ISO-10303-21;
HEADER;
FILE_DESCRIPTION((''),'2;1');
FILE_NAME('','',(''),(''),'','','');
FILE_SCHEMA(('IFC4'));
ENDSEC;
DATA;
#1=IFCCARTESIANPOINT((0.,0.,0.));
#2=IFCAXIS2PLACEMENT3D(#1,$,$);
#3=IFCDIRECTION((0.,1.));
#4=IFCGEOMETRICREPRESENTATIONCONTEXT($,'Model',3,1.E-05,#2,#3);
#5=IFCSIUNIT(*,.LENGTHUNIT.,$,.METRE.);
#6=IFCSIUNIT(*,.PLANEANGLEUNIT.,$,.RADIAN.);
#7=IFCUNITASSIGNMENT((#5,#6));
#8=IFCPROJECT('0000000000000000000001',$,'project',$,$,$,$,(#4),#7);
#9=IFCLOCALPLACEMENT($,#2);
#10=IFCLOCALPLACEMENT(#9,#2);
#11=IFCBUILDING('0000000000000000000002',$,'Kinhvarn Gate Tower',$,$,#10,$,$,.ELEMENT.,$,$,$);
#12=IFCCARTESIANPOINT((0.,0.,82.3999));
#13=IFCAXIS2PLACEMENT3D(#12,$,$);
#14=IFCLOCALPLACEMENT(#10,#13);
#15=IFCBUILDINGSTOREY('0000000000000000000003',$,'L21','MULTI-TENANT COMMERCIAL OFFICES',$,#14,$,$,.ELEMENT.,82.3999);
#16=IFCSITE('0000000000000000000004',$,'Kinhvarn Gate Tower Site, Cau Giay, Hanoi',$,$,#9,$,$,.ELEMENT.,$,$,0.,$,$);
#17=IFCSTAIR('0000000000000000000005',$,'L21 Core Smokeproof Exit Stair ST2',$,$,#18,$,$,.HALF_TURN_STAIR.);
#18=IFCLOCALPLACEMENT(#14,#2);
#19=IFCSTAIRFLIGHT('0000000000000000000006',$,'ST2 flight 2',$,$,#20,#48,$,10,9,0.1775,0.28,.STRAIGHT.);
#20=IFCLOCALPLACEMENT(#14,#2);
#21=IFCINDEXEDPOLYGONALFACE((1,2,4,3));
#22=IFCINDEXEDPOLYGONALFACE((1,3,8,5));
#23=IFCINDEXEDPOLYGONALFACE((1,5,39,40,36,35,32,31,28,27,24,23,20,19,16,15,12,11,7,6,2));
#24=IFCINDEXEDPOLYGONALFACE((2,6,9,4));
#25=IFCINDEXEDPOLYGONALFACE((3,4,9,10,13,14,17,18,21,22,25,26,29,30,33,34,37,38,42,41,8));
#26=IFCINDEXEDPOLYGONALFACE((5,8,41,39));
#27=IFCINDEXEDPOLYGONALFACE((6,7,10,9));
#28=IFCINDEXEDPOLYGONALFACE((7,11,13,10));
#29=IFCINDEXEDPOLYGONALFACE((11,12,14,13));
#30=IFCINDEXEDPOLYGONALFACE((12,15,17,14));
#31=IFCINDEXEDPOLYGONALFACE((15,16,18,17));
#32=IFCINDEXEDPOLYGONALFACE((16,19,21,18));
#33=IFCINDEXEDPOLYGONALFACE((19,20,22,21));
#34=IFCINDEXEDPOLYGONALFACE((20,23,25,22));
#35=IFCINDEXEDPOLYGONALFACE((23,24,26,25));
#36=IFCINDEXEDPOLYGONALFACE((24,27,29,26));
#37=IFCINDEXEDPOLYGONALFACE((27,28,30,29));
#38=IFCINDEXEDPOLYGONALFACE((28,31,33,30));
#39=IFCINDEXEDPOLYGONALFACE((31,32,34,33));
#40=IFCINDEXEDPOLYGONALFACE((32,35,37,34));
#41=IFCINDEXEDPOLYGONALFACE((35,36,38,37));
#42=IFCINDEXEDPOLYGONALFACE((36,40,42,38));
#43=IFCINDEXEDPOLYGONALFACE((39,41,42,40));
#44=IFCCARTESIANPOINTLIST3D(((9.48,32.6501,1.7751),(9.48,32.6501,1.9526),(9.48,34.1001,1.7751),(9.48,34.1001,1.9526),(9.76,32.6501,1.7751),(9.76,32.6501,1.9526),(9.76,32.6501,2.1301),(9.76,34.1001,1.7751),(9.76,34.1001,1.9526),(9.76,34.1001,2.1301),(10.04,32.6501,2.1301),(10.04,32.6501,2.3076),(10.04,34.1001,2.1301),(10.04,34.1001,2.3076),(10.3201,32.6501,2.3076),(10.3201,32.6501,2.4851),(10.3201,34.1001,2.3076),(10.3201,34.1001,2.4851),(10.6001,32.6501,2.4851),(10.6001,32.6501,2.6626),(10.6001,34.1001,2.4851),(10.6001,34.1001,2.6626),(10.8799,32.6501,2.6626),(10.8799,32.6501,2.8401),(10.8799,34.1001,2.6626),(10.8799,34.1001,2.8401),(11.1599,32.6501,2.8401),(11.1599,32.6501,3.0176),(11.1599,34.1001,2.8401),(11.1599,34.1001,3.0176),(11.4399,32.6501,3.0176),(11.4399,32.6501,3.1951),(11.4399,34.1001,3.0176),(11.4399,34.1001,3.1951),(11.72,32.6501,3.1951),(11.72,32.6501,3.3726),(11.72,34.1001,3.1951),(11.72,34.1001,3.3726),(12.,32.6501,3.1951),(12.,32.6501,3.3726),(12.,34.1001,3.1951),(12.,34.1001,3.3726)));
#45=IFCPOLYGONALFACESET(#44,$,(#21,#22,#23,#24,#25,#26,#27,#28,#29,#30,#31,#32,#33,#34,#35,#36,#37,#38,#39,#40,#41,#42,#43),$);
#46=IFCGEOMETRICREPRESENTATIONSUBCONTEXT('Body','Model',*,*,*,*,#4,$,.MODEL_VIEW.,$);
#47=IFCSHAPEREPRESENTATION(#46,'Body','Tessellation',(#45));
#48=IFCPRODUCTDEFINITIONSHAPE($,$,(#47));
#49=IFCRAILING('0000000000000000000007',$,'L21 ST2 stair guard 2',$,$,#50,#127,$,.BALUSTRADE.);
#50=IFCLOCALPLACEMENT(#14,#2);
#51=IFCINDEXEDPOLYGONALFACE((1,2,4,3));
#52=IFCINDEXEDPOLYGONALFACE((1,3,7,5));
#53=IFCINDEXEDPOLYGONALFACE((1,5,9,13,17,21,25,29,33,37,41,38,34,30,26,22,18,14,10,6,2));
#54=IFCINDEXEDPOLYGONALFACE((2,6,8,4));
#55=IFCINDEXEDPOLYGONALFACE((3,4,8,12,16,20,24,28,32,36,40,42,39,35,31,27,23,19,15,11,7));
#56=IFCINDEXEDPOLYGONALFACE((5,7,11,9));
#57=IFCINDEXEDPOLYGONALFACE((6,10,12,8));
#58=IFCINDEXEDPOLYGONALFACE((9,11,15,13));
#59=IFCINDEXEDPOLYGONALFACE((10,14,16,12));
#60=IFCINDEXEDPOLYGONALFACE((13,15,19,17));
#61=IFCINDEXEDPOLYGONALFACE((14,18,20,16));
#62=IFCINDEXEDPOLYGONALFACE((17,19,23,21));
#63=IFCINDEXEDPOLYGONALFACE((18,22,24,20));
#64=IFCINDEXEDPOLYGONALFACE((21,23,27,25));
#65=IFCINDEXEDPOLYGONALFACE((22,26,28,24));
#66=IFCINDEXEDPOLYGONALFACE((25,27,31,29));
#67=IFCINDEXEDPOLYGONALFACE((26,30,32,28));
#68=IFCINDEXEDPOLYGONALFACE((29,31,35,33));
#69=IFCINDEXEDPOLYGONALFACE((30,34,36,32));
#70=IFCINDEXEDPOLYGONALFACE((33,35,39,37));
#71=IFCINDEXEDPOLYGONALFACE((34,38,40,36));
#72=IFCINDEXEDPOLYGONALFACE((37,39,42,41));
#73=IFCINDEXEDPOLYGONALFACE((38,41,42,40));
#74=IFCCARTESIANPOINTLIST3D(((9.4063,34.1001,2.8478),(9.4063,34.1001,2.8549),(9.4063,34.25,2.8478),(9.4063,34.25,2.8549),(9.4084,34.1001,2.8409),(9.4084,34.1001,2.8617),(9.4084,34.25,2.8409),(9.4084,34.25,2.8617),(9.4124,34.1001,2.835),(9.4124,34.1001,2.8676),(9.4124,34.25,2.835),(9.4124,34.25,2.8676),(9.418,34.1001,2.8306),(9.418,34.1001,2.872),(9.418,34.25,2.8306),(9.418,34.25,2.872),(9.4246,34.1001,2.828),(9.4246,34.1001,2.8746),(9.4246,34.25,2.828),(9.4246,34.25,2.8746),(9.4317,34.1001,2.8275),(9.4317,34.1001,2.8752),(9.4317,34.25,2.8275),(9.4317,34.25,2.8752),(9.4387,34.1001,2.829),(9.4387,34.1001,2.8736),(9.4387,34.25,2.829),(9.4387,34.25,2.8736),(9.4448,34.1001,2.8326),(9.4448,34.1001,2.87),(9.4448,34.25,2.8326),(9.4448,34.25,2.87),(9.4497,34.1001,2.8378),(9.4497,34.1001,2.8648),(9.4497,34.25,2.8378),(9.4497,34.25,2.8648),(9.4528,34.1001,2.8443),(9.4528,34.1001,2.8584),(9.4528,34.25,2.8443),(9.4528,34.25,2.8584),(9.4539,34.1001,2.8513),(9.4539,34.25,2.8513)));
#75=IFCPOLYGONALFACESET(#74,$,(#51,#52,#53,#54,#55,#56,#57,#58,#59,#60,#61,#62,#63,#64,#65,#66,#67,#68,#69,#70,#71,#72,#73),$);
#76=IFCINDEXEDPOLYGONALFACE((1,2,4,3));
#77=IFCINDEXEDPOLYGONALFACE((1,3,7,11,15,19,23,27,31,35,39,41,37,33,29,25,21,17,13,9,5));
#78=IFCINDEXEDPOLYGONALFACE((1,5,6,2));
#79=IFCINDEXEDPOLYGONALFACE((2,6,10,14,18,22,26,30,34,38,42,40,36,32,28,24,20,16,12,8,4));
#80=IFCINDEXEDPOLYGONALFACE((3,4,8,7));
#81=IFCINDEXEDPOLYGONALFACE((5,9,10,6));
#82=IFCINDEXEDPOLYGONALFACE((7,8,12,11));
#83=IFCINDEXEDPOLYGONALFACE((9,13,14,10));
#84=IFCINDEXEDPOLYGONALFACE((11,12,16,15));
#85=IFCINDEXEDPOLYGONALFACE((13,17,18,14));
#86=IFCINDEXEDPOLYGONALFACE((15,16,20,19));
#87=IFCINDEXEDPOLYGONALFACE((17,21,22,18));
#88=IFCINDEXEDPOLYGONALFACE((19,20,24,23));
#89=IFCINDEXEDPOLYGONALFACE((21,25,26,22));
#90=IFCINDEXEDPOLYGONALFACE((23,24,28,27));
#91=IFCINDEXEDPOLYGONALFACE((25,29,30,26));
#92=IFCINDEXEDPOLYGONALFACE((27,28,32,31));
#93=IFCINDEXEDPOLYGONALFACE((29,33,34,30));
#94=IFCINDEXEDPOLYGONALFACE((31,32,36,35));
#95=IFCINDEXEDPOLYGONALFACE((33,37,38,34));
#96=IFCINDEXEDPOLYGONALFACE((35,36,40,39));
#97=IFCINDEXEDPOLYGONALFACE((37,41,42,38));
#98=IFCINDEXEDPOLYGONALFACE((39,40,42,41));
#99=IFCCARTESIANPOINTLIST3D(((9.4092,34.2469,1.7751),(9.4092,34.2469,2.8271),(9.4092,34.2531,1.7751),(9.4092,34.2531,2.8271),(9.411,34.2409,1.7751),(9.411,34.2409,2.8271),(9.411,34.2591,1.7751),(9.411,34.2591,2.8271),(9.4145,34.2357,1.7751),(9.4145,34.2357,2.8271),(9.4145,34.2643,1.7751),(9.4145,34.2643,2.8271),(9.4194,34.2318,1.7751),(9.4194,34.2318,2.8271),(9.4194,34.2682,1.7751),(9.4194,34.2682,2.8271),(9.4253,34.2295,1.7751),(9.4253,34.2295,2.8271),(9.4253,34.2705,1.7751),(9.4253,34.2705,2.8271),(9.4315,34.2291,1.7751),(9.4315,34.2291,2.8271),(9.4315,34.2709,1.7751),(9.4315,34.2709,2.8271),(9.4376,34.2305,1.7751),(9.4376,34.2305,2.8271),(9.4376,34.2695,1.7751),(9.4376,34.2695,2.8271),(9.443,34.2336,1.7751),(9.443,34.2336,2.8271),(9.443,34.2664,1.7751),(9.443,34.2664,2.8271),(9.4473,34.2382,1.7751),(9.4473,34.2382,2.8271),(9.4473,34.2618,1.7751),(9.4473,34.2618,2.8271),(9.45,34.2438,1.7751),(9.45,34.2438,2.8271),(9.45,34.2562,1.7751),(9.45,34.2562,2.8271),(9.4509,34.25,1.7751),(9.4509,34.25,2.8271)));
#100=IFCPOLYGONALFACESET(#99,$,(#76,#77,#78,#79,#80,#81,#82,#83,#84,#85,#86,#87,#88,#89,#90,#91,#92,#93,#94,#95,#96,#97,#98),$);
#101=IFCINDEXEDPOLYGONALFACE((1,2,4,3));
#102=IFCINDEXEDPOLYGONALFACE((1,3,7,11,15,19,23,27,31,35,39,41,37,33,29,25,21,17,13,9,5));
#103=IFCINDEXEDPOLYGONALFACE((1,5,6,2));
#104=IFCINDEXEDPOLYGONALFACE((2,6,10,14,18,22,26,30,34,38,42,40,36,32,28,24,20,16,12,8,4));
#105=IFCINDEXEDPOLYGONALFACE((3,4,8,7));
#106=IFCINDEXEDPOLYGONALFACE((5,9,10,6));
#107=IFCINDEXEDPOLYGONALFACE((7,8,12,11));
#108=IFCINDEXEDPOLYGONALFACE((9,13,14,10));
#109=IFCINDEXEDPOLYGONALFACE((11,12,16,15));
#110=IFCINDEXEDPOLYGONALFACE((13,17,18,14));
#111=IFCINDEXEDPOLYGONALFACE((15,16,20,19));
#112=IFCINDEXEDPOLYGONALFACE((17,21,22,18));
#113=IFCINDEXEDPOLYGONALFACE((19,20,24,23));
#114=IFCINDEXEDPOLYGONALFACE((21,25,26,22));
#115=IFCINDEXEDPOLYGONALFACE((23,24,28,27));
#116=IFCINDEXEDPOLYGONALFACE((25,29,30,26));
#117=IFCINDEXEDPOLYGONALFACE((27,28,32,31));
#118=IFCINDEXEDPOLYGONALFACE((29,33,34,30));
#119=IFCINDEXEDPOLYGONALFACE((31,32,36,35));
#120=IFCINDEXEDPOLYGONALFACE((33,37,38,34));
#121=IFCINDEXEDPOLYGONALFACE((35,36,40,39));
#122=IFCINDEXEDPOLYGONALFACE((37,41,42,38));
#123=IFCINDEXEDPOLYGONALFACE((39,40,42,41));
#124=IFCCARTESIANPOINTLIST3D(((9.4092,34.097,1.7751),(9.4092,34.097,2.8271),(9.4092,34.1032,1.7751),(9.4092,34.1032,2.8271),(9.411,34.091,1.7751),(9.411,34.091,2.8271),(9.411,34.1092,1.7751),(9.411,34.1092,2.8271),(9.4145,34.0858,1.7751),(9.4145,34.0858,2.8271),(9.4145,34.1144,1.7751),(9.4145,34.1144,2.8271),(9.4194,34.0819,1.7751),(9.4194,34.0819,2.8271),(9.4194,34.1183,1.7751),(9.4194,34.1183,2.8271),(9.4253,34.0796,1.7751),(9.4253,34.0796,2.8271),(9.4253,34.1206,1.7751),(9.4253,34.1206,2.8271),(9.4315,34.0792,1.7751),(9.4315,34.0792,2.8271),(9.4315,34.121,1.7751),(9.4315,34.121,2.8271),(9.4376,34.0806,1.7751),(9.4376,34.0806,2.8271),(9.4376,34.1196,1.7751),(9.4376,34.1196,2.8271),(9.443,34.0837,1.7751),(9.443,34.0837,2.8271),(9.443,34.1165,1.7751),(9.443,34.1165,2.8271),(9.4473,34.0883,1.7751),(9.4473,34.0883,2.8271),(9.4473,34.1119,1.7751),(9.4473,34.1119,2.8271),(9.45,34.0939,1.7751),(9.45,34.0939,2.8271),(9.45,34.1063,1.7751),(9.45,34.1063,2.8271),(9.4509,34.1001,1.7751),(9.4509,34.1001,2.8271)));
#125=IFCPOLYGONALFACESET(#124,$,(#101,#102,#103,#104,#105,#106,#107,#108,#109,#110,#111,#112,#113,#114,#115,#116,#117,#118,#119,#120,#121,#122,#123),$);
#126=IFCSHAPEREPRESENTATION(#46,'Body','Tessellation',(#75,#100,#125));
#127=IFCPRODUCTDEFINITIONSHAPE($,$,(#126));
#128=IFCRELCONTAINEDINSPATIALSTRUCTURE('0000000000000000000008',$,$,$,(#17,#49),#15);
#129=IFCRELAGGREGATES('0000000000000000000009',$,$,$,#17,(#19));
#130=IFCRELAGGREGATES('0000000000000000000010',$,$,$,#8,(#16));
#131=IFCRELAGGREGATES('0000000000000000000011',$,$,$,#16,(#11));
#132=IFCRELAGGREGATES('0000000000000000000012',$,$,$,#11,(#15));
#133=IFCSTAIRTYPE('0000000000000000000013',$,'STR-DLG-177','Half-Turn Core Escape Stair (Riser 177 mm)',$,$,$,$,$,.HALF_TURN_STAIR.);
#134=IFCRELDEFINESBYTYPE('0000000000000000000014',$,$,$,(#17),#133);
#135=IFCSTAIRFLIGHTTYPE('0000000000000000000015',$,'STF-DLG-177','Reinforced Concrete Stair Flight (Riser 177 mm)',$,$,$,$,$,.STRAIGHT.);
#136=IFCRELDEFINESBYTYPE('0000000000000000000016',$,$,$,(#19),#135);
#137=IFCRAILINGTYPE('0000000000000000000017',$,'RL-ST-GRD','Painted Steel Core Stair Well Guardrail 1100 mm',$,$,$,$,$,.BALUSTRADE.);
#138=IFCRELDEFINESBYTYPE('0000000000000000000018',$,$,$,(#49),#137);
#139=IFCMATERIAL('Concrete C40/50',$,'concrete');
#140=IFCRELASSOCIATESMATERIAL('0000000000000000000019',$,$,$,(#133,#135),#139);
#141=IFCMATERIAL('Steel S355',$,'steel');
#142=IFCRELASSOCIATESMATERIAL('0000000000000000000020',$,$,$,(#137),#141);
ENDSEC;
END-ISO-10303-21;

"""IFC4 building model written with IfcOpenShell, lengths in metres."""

from ifc_helpers import new_model, si_unit, direction, frame, origin, origin_2d, place, context, subcontext, project, spatial, polyline, circle, outline, extrude, material, type_object, element, aggregate, save


model = new_model("IFC4")

# Units and contexts
model_context = context("Model", 3, precision=1e-05, world=origin(), true_north=direction((0.0, 1.0)))
body_context = subcontext(model_context, "Body", "Model", "MODEL_VIEW")
ifc_project = project(units=[si_unit("LENGTHUNIT", "METRE"), si_unit("PLANEANGLEUNIT", "RADIAN")], contexts=[model_context])

# Site, building, storey
site_placement = place(None, origin())
site = spatial("IfcSite", under=ifc_project, at=site_placement, Name="Kinhvarn Gate Tower Site, Cau Giay, Hanoi", CompositionType="ELEMENT", RefElevation=0.0)
building_placement = place(site_placement, origin())
building = spatial("IfcBuilding", under=site, at=building_placement, Name="Kinhvarn Gate Tower", CompositionType="ELEMENT")
storey_placement = place(building_placement, frame((0.0, 0.0, 82.3999)))
storey = spatial("IfcBuildingStorey", under=building, at=storey_placement, Name="L21", Description="MULTI-TENANT COMMERCIAL OFFICES", CompositionType="ELEMENT", Elevation=82.3999)

# Shared definitions
ifc_material_1 = material(Name="Steel S355", Category="steel")

# Shared definitions
ifc_material_2 = material(Name="Concrete C40/50", Category="concrete")

# Stair, stair flight
stair_type = type_object("IfcStairType", Name="STR-DLG-177", Description="Half-Turn Core Escape Stair (Riser 177 mm)", PredefinedType="HALF_TURN_STAIR", material=ifc_material_2)
stair_placement = place(storey_placement, origin())
stair = element("IfcStair", 1, at=stair_placement, inside=storey, type_object=stair_type, Name="L21 Core Smokeproof Exit Stair ST2", PredefinedType="HALF_TURN_STAIR")
stair_flight_type = type_object("IfcStairFlightType", Name="STF-DLG-177", Description="Reinforced Concrete Stair Flight (Riser 177 mm)", PredefinedType="STRAIGHT", material=ifc_material_2)
stair_flight_placement = place(storey_placement, frame((9.48, 33.375, 1.7751), z_axis=(0.0, 0.0, 1.0), x_axis=(1.0, 0.0, 0.0)))
stair_flight = element("IfcStairFlight", 2, at=stair_flight_placement, type_object=stair_flight_type, Name="ST2 flight 2", NumberOfRisers=10, NumberOfTreads=9, PredefinedType="STRAIGHT", RiserHeight=0.1775, TreadLength=0.28, context=body_context, shape_type="SweptSolid", body=[
    extrude(outline(polyline([(0.0, 0.0), (0.0, 0.1775), (0.28, 0.1775), (0.28, 0.355), (0.5601, 0.355), (0.5601, 0.5325), (0.8401, 0.5325), (0.8401, 0.71), (1.1201, 0.71), (1.1201, 0.8875), (1.3999, 0.8875), (1.3999, 1.0649), (1.6799, 1.0649), (1.6799, 1.2424), (1.96, 1.2424), (1.96, 1.4199), (2.24, 1.4199), (2.24, 1.5974), (2.52, 1.5974), (2.52, 1.7749), (2.52, 1.4199), (0.28, 0.0), (0.0, 0.0)])), frame((0.0, 0.7251, 0.0), z_axis=(0.0, -1.0, 0.0), x_axis=(1.0, 0.0, 0.0)), (0.0, 0.0, 1.0), 1.45),
])
aggregate(stair, [stair_flight])

# Railing
railing_type_1 = type_object("IfcRailingType", Name="RL-ST-GRD", Description="Painted Steel Core Stair Well Guardrail 1100 mm", PredefinedType="BALUSTRADE", material=ifc_material_1)
railing_1_placement = place(storey_placement, frame((9.4299, 34.25, 1.7751)))
element("IfcRailing", 3, at=railing_1_placement, inside=storey, type_object=railing_type_1, Name="L21 ST2 stair guard 2", PredefinedType="BALUSTRADE", context=body_context, shape_type="SweptSolid", body=[
    extrude(circle(Radius=0.0239, at=origin_2d()), frame((0.0, 0.0, 1.0762), z_axis=(0.0, -1.0, 0.0), x_axis=(1.0, 0.0, 0.0)), (0.0, 0.0, 1.0), 0.1499),
    extrude(circle(Radius=0.021, at=origin_2d()), origin(), (0.0, 0.0, 1.0), 1.052),
    extrude(circle(Radius=0.021, at=origin_2d()), frame((0.0, -0.1499, 0.0)), (0.0, 0.0, 1.0), 1.052),
])

save(model, "model.ifc")
